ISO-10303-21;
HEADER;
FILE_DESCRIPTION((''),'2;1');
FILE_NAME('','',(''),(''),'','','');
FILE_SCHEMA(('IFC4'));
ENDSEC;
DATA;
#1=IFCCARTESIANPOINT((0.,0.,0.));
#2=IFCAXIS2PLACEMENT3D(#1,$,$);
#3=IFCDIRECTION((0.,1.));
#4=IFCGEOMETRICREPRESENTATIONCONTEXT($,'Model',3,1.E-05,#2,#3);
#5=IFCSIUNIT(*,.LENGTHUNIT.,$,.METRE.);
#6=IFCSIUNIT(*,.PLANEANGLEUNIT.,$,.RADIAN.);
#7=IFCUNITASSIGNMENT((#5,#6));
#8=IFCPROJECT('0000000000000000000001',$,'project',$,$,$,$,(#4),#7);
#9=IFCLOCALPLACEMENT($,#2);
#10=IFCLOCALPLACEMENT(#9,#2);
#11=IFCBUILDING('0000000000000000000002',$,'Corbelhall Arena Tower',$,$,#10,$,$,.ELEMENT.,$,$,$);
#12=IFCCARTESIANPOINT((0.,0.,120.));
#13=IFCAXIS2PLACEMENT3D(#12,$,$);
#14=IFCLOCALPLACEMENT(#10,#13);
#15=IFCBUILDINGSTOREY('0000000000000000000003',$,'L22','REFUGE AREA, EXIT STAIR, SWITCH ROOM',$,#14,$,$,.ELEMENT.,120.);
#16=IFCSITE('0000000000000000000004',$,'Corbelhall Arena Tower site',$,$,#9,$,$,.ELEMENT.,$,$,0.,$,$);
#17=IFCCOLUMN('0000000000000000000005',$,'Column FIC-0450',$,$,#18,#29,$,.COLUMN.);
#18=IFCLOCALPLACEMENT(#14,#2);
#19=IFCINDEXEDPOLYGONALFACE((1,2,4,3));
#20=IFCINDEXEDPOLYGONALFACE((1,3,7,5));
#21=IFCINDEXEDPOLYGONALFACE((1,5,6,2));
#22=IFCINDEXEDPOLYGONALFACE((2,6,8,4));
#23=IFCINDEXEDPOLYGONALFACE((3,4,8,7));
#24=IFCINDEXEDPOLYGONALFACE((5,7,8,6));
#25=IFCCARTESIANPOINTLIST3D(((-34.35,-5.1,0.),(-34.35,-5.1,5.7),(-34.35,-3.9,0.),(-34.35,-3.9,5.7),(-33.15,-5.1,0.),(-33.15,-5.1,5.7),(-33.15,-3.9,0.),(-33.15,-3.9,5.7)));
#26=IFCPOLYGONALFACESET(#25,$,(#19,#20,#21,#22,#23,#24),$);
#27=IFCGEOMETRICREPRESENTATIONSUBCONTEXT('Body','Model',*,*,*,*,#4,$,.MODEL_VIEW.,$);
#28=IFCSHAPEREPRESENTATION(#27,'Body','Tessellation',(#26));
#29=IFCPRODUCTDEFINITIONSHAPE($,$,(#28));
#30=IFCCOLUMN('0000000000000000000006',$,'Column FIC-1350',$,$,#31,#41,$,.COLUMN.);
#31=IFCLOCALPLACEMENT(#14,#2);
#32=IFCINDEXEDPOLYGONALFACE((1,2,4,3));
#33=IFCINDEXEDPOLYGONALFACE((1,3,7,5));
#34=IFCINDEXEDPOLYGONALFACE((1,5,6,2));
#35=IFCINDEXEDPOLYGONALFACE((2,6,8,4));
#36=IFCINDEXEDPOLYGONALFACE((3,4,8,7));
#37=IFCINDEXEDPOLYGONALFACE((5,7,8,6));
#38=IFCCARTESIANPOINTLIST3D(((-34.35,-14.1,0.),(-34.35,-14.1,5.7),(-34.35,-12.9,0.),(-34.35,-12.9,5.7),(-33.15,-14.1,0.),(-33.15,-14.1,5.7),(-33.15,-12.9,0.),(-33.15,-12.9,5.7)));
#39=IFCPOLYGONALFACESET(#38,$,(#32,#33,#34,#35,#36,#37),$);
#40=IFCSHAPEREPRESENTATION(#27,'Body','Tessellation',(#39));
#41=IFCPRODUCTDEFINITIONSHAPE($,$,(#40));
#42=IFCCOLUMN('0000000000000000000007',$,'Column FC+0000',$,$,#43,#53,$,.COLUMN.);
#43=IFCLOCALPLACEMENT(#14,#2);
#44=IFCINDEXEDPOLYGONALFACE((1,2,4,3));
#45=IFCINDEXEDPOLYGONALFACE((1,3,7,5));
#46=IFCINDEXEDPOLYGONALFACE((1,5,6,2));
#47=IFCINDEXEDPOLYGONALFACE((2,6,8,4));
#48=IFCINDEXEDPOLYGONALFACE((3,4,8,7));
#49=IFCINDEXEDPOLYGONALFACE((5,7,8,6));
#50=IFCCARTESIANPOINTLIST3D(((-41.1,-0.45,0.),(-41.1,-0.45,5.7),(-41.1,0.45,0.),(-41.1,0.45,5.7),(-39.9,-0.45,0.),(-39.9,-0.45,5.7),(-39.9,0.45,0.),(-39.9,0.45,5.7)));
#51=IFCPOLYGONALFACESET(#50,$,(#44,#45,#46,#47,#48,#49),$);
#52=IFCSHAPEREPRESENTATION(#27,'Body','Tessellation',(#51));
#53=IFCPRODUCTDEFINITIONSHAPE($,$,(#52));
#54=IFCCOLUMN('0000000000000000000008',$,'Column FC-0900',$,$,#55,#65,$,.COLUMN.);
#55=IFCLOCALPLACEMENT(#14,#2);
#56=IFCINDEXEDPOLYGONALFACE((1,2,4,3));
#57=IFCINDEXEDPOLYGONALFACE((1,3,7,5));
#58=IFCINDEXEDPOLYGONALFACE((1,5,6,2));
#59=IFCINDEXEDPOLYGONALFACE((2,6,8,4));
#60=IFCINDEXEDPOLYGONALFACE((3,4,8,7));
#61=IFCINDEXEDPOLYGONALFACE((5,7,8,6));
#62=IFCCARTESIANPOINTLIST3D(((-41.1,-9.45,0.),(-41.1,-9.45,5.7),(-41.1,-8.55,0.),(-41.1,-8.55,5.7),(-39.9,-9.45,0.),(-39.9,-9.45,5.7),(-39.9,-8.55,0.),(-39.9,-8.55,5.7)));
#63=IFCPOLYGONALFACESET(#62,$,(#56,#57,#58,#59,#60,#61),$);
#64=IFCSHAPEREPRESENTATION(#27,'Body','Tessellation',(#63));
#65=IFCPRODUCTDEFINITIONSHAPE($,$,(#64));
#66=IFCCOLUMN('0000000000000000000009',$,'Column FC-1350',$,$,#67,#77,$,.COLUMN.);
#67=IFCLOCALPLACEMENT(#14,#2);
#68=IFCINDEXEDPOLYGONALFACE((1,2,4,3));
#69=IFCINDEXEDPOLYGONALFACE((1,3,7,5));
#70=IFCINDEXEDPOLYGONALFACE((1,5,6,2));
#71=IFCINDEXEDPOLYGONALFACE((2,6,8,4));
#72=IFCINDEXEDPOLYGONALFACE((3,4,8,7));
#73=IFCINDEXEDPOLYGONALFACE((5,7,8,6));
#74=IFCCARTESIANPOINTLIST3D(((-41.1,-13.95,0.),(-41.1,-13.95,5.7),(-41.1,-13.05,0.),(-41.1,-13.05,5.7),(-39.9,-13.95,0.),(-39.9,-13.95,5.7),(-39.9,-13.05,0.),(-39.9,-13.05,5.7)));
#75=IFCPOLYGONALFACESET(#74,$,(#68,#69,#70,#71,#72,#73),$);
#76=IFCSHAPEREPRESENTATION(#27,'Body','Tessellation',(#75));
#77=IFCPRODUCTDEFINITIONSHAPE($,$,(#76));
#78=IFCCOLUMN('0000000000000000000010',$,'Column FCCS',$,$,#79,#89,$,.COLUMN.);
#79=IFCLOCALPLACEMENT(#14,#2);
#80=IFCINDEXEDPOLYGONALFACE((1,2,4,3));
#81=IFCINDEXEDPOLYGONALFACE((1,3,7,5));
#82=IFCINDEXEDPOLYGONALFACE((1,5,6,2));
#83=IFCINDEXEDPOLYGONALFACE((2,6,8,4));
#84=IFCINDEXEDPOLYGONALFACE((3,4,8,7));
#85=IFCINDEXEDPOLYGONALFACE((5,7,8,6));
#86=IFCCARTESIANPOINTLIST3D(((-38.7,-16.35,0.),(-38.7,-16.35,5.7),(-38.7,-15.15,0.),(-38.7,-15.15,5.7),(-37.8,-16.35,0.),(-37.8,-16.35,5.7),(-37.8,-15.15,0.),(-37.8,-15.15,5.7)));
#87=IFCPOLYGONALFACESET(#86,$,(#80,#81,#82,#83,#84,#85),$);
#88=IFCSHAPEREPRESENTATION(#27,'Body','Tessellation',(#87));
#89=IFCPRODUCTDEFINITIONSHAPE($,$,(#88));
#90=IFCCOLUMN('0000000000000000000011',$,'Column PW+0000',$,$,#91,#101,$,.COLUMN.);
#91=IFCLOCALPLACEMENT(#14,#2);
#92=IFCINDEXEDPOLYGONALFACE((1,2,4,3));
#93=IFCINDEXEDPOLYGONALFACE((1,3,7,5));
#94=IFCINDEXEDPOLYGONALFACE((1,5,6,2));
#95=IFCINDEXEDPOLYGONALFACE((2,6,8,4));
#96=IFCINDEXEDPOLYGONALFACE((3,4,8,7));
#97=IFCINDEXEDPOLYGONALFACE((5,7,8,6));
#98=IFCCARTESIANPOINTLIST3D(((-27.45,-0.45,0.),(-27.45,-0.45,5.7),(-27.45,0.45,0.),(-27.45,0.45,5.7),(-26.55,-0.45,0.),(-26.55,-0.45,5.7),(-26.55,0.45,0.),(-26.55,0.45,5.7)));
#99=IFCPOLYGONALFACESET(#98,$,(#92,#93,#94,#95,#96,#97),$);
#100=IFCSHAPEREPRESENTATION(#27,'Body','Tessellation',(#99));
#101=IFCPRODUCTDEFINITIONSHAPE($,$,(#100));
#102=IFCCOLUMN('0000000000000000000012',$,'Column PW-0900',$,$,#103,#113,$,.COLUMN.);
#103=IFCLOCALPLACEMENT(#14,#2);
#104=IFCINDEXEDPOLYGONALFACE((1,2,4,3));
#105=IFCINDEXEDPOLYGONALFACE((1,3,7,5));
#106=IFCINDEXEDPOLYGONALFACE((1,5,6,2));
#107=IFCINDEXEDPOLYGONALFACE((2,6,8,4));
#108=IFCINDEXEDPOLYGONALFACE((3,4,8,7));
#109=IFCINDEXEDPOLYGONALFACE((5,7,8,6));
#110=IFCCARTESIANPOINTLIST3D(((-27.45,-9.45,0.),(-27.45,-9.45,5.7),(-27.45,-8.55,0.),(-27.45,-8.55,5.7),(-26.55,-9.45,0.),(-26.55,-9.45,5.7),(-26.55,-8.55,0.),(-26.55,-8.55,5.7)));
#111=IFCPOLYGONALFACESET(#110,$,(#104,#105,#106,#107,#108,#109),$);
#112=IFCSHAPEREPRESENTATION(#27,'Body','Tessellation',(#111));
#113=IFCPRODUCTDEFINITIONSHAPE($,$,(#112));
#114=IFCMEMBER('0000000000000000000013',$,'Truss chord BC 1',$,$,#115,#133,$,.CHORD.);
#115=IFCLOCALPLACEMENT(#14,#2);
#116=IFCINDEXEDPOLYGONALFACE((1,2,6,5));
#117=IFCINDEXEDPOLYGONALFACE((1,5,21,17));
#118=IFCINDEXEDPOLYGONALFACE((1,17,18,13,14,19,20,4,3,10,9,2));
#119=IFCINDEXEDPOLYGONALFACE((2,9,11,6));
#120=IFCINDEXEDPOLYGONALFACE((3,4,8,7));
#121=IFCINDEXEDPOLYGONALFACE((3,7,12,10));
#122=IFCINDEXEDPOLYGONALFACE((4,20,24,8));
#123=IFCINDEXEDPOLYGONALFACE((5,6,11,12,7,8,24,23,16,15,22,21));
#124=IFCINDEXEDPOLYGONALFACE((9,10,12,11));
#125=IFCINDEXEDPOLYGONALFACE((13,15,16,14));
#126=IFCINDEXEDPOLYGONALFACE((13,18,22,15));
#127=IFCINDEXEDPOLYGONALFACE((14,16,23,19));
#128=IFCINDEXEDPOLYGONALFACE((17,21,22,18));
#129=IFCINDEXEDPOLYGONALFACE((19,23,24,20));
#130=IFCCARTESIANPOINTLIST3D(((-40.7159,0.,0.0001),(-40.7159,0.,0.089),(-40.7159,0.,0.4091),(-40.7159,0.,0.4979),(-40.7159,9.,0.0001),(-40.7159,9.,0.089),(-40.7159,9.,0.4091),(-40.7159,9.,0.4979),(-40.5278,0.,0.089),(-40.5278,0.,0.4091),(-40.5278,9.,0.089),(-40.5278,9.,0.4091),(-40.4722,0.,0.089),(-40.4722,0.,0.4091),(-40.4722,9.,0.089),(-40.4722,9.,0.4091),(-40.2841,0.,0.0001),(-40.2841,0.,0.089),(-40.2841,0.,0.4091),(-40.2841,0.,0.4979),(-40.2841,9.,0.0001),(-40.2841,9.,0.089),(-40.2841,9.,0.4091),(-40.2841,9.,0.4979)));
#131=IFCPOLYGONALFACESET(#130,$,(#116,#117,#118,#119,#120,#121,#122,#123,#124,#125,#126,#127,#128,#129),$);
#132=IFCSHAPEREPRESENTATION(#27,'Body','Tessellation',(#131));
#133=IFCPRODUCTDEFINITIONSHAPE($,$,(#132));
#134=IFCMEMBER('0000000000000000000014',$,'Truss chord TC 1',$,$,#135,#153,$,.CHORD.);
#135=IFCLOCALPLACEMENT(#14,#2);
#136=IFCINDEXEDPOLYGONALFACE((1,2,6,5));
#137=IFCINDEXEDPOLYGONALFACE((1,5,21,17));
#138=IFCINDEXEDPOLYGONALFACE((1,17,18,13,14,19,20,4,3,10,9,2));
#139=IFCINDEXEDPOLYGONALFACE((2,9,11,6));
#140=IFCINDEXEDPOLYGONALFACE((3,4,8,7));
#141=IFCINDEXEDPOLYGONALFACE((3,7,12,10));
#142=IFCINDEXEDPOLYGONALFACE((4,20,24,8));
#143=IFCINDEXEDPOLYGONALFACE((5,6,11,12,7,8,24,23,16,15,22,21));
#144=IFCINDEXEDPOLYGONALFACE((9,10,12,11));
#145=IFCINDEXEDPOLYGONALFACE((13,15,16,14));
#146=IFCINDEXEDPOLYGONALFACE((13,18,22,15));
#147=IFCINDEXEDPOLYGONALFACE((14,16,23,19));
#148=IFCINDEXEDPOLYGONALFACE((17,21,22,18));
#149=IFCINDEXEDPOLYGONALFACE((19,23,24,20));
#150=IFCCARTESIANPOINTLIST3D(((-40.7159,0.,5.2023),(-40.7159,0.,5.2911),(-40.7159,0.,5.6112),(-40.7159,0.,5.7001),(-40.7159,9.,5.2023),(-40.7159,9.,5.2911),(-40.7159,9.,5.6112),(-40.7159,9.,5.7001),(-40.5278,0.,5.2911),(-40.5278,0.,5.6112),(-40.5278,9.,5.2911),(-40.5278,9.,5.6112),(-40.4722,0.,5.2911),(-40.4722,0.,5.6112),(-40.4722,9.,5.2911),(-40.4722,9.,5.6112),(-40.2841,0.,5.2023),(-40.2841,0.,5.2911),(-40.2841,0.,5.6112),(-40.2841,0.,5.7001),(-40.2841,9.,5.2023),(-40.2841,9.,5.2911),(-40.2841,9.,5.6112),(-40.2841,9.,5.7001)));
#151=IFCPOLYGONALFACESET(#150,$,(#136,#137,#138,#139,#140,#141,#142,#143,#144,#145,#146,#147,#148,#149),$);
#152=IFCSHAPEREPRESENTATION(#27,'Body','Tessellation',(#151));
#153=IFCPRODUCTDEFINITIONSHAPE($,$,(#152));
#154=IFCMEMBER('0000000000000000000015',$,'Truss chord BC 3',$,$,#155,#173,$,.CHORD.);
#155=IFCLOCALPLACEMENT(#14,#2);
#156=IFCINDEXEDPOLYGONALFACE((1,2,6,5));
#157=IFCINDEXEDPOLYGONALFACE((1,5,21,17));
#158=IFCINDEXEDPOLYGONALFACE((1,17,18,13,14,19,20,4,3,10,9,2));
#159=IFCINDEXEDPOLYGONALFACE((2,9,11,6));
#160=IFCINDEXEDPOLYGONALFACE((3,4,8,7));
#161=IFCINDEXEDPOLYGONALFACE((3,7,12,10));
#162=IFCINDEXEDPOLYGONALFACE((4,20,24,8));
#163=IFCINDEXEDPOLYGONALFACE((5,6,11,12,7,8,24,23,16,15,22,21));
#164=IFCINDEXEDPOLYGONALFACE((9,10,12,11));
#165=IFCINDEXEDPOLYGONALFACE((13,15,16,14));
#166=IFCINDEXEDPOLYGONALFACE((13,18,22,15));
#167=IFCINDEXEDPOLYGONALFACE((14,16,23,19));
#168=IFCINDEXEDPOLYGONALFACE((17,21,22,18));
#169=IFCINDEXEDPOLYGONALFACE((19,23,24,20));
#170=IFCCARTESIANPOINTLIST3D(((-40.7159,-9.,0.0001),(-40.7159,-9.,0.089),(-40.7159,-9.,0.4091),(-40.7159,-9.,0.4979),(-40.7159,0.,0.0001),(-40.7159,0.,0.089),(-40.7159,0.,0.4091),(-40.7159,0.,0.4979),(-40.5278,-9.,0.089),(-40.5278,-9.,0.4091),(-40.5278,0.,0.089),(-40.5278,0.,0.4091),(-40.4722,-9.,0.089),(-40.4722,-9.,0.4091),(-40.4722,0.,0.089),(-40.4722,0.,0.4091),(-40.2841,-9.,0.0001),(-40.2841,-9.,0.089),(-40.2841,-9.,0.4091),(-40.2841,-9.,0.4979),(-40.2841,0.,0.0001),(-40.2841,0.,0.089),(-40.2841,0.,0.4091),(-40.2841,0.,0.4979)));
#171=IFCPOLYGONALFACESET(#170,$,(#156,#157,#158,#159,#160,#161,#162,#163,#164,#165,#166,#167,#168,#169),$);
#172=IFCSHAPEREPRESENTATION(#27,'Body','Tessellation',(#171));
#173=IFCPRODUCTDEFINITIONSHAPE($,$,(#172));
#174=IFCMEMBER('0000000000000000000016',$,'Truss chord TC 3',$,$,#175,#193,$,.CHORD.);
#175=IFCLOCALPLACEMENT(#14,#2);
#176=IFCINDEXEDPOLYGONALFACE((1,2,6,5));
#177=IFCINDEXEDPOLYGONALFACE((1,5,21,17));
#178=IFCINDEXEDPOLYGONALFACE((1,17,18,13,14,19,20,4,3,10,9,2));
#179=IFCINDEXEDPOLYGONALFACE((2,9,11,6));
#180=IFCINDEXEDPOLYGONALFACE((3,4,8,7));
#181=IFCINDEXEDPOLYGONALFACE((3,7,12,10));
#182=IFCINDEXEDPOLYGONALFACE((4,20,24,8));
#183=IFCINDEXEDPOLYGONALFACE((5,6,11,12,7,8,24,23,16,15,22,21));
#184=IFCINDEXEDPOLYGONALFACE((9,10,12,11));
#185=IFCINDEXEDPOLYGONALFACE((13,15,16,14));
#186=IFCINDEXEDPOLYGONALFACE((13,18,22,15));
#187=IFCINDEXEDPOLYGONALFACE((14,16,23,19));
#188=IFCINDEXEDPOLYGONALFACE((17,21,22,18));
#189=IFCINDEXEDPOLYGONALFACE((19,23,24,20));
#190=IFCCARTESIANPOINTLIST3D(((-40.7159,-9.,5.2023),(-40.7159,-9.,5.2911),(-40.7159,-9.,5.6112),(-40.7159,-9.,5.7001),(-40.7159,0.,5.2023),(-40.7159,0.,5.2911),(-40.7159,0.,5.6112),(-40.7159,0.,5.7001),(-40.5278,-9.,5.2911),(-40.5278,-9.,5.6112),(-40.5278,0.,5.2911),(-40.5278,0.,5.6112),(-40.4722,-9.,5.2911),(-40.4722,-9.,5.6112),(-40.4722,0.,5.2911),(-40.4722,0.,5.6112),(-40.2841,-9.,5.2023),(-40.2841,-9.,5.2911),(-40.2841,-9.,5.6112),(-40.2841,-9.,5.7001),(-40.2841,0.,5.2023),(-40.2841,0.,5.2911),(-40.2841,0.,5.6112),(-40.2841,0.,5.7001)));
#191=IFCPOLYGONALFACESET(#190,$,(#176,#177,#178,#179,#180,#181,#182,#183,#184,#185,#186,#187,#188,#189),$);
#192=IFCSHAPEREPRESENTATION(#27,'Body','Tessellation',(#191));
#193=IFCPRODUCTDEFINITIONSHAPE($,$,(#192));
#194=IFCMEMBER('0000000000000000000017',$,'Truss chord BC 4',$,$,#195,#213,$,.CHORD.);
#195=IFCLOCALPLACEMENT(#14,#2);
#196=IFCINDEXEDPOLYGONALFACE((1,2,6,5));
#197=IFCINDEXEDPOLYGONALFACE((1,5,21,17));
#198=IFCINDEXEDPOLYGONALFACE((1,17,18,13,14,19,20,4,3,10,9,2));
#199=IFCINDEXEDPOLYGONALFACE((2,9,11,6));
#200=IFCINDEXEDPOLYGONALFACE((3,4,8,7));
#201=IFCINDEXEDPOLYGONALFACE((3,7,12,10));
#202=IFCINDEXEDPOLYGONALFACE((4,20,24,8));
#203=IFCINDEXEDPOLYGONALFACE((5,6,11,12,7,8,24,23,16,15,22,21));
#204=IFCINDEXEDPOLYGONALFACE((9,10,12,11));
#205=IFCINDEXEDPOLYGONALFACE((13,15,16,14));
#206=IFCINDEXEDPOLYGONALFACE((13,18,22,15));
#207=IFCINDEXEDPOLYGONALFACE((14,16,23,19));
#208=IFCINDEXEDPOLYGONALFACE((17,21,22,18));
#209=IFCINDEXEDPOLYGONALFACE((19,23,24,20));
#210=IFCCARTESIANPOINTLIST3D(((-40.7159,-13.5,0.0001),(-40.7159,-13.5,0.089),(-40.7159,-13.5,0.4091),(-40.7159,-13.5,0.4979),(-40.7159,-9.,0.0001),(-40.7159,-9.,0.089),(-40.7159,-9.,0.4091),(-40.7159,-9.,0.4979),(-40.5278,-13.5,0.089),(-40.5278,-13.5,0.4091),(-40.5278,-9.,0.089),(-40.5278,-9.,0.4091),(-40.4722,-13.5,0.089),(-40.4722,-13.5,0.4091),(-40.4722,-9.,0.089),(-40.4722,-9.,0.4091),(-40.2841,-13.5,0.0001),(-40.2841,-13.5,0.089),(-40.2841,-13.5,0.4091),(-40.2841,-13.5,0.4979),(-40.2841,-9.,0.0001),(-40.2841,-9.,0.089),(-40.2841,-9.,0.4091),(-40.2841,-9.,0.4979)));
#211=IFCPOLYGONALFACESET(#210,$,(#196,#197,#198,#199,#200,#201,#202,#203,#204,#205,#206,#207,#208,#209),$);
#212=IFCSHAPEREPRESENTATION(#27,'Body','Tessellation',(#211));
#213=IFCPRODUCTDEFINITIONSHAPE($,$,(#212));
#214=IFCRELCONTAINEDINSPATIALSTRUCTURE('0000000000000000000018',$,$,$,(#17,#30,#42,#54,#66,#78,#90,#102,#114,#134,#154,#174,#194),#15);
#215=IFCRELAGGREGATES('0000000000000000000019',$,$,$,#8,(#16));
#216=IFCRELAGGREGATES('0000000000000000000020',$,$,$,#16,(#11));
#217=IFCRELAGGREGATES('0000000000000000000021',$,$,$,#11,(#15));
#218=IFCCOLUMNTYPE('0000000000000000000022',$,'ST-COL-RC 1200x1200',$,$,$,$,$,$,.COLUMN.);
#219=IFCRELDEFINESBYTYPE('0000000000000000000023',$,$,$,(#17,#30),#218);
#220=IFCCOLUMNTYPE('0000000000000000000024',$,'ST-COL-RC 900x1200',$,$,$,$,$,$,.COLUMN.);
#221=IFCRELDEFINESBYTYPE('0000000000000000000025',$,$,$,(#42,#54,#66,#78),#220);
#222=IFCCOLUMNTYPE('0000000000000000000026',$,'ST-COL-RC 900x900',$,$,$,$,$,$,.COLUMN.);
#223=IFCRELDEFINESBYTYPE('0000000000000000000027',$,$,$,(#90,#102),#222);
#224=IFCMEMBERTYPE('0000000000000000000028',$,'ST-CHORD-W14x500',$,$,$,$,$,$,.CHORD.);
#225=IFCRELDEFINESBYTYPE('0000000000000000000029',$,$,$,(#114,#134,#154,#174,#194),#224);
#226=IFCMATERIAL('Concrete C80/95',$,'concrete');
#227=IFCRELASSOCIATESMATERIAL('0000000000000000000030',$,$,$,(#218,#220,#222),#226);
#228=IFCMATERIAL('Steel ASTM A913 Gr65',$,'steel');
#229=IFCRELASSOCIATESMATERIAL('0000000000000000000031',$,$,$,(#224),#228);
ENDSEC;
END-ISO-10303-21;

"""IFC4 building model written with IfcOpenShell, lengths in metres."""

from ifc_helpers import new_model, si_unit, direction, frame, origin, origin_2d, place, context, subcontext, project, spatial, rectangle, i_section, extrude, material, material_profile, profile_set, type_object, element, save


model = new_model("IFC4")

# Units and contexts
model_context = context("Model", 3, precision=1e-05, world=origin(), true_north=direction((0.0, 1.0)))
body_context = subcontext(model_context, "Body", "Model", "MODEL_VIEW")
ifc_project = project(units=[si_unit("LENGTHUNIT", "METRE"), si_unit("PLANEANGLEUNIT", "RADIAN")], contexts=[model_context])

# Site, building, storey
site_placement = place(None, origin())
site = spatial("IfcSite", under=ifc_project, at=site_placement, Name="Corbelhall Arena Tower site", CompositionType="ELEMENT", RefElevation=0.0)
building_placement = place(site_placement, origin())
building = spatial("IfcBuilding", under=site, at=building_placement, Name="Corbelhall Arena Tower", CompositionType="ELEMENT")
storey_placement = place(building_placement, frame((0.0, 0.0, 120.0)))
storey = spatial("IfcBuildingStorey", under=building, at=storey_placement, Name="L22", Description="REFUGE AREA, EXIT STAIR, SWITCH ROOM", CompositionType="ELEMENT", Elevation=120.0)

# Columns
ifc_material_1 = material(Name="Concrete C80/95", Category="concrete")
ifc_material_profile_1 = material_profile(ifc_material_1, rectangle(XDim=1.2, YDim=1.2, at=origin_2d()))
ifc_profile_set_1 = profile_set([ifc_material_profile_1], Name="Concrete C80/95")
column_type_1 = type_object("IfcColumnType", Name="ST-COL-RC 1200x1200", PredefinedType="COLUMN", material=ifc_profile_set_1)
for number, where, z_axis, x_axis, name in (
    (1, (-33.75, -4.5, 0.0), (0.0, 0.0, 1.0), (1.0, 0.0, 0.0), "Column FIC-0450"),
    (2, (-33.75, -13.5, 0.0), (0.0, 0.0, 1.0), (1.0, 0.0, 0.0), "Column FIC-1350"),
):
    element("IfcColumn", number, at=place(storey_placement, frame(where, z_axis=z_axis, x_axis=x_axis)), inside=storey, type_object=column_type_1, Name=name, PredefinedType="COLUMN", context=body_context, shape_type="SweptSolid", body=[
        extrude(rectangle(XDim=1.2, YDim=1.2, at=origin_2d()), origin(), (0.0, 0.0, 1.0), 5.7),
    ])
ifc_material_profile_2 = material_profile(ifc_material_1, rectangle(XDim=0.8999, YDim=1.2, at=origin_2d()))
ifc_profile_set_2 = profile_set([ifc_material_profile_2], Name="Concrete C80/95")
column_type_2 = type_object("IfcColumnType", Name="ST-COL-RC 900x1200", PredefinedType="COLUMN", material=ifc_profile_set_2)
for number, where, z_axis, x_axis, name in (
    (3, (-40.5, 0.0, 0.0), (0.0, 0.0, 1.0), (0.0, 1.0, 0.0), "Column FC+0000"),
    (4, (-40.5, -9.0, 0.0), (0.0, 0.0, 1.0), (0.0, 1.0, 0.0), "Column FC-0900"),
    (5, (-40.5, -13.5, 0.0), (0.0, 0.0, 1.0), (0.0, 1.0, 0.0), "Column FC-1350"),
    (6, (-38.25, -15.75, 0.0), (0.0, 0.0, 1.0), (1.0, 0.0, 0.0), "Column FCCS"),
):
    element("IfcColumn", number, at=place(storey_placement, frame(where, z_axis=z_axis, x_axis=x_axis)), inside=storey, type_object=column_type_2, Name=name, PredefinedType="COLUMN", context=body_context, shape_type="SweptSolid", body=[
        extrude(rectangle(XDim=0.8999, YDim=1.2, at=origin_2d()), origin(), (0.0, 0.0, 1.0), 5.7),
    ])
ifc_material_profile_3 = material_profile(ifc_material_1, rectangle(XDim=0.8999, YDim=0.8999, at=origin_2d()))
ifc_profile_set_3 = profile_set([ifc_material_profile_3], Name="Concrete C80/95")
column_type_3 = type_object("IfcColumnType", Name="ST-COL-RC 900x900", PredefinedType="COLUMN", material=ifc_profile_set_3)
for number, where, z_axis, x_axis, name in (
    (7, (-27.0, 0.0, 0.0), (0.0, 0.0, 1.0), (1.0, 0.0, 0.0), "Column PW+0000"),
    (8, (-27.0, -9.0, 0.0), (0.0, 0.0, 1.0), (1.0, 0.0, 0.0), "Column PW-0900"),
):
    element("IfcColumn", number, at=place(storey_placement, frame(where, z_axis=z_axis, x_axis=x_axis)), inside=storey, type_object=column_type_3, Name=name, PredefinedType="COLUMN", context=body_context, shape_type="SweptSolid", body=[
        extrude(rectangle(XDim=0.8999, YDim=0.8999, at=origin_2d()), origin(), (0.0, 0.0, 1.0), 5.7),
    ])

# Members
ifc_material_2 = material(Name="Steel ASTM A913 Gr65", Category="steel")
ifc_material_profile_4 = material_profile(ifc_material_2, i_section(OverallWidth=0.4319, OverallDepth=0.4978, WebThickness=0.0557, FlangeThickness=0.0889, at=origin_2d()))
ifc_profile_set_4 = profile_set([ifc_material_profile_4], Name="Steel ASTM A913 Gr65")
member_type_1 = type_object("IfcMemberType", Name="ST-CHORD-W14x500", PredefinedType="CHORD", material=ifc_profile_set_4)
for number, where, z_axis, x_axis, name in (
    (9, (-40.5, 0.0, 0.249), (0.0, 1.0, 0.0), (-1.0, 0.0, 0.0), "Truss chord BC 1"),
    (10, (-40.5, 0.0, 5.4512), (0.0, 1.0, 0.0), (-1.0, 0.0, 0.0), "Truss chord TC 1"),
    (11, (-40.5, -9.0, 0.249), (0.0, 1.0, 0.0), (-1.0, 0.0, 0.0), "Truss chord BC 3"),
    (12, (-40.5, -9.0, 5.4512), (0.0, 1.0, 0.0), (-1.0, 0.0, 0.0), "Truss chord TC 3"),
):
    element("IfcMember", number, at=place(storey_placement, frame(where, z_axis=z_axis, x_axis=x_axis)), inside=storey, type_object=member_type_1, Name=name, PredefinedType="CHORD", context=body_context, shape_type="SweptSolid", body=[
        extrude(i_section(OverallWidth=0.4319, OverallDepth=0.4978, WebThickness=0.0557, FlangeThickness=0.0889, at=origin_2d()), origin(), (0.0, 0.0, 1.0), 9.0),
    ])
for number, where, z_axis, x_axis, name in (
    (13, (-40.5, -13.5, 0.249), (0.0, 1.0, 0.0), (-1.0, 0.0, 0.0), "Truss chord BC 4"),
):
    element("IfcMember", number, at=place(storey_placement, frame(where, z_axis=z_axis, x_axis=x_axis)), inside=storey, type_object=member_type_1, Name=name, PredefinedType="CHORD", context=body_context, shape_type="SweptSolid", body=[
        extrude(i_section(OverallWidth=0.4319, OverallDepth=0.4978, WebThickness=0.0557, FlangeThickness=0.0889, at=origin_2d()), origin(), (0.0, 0.0, 1.0), 4.5),
    ])

save(model, "model.ifc")
